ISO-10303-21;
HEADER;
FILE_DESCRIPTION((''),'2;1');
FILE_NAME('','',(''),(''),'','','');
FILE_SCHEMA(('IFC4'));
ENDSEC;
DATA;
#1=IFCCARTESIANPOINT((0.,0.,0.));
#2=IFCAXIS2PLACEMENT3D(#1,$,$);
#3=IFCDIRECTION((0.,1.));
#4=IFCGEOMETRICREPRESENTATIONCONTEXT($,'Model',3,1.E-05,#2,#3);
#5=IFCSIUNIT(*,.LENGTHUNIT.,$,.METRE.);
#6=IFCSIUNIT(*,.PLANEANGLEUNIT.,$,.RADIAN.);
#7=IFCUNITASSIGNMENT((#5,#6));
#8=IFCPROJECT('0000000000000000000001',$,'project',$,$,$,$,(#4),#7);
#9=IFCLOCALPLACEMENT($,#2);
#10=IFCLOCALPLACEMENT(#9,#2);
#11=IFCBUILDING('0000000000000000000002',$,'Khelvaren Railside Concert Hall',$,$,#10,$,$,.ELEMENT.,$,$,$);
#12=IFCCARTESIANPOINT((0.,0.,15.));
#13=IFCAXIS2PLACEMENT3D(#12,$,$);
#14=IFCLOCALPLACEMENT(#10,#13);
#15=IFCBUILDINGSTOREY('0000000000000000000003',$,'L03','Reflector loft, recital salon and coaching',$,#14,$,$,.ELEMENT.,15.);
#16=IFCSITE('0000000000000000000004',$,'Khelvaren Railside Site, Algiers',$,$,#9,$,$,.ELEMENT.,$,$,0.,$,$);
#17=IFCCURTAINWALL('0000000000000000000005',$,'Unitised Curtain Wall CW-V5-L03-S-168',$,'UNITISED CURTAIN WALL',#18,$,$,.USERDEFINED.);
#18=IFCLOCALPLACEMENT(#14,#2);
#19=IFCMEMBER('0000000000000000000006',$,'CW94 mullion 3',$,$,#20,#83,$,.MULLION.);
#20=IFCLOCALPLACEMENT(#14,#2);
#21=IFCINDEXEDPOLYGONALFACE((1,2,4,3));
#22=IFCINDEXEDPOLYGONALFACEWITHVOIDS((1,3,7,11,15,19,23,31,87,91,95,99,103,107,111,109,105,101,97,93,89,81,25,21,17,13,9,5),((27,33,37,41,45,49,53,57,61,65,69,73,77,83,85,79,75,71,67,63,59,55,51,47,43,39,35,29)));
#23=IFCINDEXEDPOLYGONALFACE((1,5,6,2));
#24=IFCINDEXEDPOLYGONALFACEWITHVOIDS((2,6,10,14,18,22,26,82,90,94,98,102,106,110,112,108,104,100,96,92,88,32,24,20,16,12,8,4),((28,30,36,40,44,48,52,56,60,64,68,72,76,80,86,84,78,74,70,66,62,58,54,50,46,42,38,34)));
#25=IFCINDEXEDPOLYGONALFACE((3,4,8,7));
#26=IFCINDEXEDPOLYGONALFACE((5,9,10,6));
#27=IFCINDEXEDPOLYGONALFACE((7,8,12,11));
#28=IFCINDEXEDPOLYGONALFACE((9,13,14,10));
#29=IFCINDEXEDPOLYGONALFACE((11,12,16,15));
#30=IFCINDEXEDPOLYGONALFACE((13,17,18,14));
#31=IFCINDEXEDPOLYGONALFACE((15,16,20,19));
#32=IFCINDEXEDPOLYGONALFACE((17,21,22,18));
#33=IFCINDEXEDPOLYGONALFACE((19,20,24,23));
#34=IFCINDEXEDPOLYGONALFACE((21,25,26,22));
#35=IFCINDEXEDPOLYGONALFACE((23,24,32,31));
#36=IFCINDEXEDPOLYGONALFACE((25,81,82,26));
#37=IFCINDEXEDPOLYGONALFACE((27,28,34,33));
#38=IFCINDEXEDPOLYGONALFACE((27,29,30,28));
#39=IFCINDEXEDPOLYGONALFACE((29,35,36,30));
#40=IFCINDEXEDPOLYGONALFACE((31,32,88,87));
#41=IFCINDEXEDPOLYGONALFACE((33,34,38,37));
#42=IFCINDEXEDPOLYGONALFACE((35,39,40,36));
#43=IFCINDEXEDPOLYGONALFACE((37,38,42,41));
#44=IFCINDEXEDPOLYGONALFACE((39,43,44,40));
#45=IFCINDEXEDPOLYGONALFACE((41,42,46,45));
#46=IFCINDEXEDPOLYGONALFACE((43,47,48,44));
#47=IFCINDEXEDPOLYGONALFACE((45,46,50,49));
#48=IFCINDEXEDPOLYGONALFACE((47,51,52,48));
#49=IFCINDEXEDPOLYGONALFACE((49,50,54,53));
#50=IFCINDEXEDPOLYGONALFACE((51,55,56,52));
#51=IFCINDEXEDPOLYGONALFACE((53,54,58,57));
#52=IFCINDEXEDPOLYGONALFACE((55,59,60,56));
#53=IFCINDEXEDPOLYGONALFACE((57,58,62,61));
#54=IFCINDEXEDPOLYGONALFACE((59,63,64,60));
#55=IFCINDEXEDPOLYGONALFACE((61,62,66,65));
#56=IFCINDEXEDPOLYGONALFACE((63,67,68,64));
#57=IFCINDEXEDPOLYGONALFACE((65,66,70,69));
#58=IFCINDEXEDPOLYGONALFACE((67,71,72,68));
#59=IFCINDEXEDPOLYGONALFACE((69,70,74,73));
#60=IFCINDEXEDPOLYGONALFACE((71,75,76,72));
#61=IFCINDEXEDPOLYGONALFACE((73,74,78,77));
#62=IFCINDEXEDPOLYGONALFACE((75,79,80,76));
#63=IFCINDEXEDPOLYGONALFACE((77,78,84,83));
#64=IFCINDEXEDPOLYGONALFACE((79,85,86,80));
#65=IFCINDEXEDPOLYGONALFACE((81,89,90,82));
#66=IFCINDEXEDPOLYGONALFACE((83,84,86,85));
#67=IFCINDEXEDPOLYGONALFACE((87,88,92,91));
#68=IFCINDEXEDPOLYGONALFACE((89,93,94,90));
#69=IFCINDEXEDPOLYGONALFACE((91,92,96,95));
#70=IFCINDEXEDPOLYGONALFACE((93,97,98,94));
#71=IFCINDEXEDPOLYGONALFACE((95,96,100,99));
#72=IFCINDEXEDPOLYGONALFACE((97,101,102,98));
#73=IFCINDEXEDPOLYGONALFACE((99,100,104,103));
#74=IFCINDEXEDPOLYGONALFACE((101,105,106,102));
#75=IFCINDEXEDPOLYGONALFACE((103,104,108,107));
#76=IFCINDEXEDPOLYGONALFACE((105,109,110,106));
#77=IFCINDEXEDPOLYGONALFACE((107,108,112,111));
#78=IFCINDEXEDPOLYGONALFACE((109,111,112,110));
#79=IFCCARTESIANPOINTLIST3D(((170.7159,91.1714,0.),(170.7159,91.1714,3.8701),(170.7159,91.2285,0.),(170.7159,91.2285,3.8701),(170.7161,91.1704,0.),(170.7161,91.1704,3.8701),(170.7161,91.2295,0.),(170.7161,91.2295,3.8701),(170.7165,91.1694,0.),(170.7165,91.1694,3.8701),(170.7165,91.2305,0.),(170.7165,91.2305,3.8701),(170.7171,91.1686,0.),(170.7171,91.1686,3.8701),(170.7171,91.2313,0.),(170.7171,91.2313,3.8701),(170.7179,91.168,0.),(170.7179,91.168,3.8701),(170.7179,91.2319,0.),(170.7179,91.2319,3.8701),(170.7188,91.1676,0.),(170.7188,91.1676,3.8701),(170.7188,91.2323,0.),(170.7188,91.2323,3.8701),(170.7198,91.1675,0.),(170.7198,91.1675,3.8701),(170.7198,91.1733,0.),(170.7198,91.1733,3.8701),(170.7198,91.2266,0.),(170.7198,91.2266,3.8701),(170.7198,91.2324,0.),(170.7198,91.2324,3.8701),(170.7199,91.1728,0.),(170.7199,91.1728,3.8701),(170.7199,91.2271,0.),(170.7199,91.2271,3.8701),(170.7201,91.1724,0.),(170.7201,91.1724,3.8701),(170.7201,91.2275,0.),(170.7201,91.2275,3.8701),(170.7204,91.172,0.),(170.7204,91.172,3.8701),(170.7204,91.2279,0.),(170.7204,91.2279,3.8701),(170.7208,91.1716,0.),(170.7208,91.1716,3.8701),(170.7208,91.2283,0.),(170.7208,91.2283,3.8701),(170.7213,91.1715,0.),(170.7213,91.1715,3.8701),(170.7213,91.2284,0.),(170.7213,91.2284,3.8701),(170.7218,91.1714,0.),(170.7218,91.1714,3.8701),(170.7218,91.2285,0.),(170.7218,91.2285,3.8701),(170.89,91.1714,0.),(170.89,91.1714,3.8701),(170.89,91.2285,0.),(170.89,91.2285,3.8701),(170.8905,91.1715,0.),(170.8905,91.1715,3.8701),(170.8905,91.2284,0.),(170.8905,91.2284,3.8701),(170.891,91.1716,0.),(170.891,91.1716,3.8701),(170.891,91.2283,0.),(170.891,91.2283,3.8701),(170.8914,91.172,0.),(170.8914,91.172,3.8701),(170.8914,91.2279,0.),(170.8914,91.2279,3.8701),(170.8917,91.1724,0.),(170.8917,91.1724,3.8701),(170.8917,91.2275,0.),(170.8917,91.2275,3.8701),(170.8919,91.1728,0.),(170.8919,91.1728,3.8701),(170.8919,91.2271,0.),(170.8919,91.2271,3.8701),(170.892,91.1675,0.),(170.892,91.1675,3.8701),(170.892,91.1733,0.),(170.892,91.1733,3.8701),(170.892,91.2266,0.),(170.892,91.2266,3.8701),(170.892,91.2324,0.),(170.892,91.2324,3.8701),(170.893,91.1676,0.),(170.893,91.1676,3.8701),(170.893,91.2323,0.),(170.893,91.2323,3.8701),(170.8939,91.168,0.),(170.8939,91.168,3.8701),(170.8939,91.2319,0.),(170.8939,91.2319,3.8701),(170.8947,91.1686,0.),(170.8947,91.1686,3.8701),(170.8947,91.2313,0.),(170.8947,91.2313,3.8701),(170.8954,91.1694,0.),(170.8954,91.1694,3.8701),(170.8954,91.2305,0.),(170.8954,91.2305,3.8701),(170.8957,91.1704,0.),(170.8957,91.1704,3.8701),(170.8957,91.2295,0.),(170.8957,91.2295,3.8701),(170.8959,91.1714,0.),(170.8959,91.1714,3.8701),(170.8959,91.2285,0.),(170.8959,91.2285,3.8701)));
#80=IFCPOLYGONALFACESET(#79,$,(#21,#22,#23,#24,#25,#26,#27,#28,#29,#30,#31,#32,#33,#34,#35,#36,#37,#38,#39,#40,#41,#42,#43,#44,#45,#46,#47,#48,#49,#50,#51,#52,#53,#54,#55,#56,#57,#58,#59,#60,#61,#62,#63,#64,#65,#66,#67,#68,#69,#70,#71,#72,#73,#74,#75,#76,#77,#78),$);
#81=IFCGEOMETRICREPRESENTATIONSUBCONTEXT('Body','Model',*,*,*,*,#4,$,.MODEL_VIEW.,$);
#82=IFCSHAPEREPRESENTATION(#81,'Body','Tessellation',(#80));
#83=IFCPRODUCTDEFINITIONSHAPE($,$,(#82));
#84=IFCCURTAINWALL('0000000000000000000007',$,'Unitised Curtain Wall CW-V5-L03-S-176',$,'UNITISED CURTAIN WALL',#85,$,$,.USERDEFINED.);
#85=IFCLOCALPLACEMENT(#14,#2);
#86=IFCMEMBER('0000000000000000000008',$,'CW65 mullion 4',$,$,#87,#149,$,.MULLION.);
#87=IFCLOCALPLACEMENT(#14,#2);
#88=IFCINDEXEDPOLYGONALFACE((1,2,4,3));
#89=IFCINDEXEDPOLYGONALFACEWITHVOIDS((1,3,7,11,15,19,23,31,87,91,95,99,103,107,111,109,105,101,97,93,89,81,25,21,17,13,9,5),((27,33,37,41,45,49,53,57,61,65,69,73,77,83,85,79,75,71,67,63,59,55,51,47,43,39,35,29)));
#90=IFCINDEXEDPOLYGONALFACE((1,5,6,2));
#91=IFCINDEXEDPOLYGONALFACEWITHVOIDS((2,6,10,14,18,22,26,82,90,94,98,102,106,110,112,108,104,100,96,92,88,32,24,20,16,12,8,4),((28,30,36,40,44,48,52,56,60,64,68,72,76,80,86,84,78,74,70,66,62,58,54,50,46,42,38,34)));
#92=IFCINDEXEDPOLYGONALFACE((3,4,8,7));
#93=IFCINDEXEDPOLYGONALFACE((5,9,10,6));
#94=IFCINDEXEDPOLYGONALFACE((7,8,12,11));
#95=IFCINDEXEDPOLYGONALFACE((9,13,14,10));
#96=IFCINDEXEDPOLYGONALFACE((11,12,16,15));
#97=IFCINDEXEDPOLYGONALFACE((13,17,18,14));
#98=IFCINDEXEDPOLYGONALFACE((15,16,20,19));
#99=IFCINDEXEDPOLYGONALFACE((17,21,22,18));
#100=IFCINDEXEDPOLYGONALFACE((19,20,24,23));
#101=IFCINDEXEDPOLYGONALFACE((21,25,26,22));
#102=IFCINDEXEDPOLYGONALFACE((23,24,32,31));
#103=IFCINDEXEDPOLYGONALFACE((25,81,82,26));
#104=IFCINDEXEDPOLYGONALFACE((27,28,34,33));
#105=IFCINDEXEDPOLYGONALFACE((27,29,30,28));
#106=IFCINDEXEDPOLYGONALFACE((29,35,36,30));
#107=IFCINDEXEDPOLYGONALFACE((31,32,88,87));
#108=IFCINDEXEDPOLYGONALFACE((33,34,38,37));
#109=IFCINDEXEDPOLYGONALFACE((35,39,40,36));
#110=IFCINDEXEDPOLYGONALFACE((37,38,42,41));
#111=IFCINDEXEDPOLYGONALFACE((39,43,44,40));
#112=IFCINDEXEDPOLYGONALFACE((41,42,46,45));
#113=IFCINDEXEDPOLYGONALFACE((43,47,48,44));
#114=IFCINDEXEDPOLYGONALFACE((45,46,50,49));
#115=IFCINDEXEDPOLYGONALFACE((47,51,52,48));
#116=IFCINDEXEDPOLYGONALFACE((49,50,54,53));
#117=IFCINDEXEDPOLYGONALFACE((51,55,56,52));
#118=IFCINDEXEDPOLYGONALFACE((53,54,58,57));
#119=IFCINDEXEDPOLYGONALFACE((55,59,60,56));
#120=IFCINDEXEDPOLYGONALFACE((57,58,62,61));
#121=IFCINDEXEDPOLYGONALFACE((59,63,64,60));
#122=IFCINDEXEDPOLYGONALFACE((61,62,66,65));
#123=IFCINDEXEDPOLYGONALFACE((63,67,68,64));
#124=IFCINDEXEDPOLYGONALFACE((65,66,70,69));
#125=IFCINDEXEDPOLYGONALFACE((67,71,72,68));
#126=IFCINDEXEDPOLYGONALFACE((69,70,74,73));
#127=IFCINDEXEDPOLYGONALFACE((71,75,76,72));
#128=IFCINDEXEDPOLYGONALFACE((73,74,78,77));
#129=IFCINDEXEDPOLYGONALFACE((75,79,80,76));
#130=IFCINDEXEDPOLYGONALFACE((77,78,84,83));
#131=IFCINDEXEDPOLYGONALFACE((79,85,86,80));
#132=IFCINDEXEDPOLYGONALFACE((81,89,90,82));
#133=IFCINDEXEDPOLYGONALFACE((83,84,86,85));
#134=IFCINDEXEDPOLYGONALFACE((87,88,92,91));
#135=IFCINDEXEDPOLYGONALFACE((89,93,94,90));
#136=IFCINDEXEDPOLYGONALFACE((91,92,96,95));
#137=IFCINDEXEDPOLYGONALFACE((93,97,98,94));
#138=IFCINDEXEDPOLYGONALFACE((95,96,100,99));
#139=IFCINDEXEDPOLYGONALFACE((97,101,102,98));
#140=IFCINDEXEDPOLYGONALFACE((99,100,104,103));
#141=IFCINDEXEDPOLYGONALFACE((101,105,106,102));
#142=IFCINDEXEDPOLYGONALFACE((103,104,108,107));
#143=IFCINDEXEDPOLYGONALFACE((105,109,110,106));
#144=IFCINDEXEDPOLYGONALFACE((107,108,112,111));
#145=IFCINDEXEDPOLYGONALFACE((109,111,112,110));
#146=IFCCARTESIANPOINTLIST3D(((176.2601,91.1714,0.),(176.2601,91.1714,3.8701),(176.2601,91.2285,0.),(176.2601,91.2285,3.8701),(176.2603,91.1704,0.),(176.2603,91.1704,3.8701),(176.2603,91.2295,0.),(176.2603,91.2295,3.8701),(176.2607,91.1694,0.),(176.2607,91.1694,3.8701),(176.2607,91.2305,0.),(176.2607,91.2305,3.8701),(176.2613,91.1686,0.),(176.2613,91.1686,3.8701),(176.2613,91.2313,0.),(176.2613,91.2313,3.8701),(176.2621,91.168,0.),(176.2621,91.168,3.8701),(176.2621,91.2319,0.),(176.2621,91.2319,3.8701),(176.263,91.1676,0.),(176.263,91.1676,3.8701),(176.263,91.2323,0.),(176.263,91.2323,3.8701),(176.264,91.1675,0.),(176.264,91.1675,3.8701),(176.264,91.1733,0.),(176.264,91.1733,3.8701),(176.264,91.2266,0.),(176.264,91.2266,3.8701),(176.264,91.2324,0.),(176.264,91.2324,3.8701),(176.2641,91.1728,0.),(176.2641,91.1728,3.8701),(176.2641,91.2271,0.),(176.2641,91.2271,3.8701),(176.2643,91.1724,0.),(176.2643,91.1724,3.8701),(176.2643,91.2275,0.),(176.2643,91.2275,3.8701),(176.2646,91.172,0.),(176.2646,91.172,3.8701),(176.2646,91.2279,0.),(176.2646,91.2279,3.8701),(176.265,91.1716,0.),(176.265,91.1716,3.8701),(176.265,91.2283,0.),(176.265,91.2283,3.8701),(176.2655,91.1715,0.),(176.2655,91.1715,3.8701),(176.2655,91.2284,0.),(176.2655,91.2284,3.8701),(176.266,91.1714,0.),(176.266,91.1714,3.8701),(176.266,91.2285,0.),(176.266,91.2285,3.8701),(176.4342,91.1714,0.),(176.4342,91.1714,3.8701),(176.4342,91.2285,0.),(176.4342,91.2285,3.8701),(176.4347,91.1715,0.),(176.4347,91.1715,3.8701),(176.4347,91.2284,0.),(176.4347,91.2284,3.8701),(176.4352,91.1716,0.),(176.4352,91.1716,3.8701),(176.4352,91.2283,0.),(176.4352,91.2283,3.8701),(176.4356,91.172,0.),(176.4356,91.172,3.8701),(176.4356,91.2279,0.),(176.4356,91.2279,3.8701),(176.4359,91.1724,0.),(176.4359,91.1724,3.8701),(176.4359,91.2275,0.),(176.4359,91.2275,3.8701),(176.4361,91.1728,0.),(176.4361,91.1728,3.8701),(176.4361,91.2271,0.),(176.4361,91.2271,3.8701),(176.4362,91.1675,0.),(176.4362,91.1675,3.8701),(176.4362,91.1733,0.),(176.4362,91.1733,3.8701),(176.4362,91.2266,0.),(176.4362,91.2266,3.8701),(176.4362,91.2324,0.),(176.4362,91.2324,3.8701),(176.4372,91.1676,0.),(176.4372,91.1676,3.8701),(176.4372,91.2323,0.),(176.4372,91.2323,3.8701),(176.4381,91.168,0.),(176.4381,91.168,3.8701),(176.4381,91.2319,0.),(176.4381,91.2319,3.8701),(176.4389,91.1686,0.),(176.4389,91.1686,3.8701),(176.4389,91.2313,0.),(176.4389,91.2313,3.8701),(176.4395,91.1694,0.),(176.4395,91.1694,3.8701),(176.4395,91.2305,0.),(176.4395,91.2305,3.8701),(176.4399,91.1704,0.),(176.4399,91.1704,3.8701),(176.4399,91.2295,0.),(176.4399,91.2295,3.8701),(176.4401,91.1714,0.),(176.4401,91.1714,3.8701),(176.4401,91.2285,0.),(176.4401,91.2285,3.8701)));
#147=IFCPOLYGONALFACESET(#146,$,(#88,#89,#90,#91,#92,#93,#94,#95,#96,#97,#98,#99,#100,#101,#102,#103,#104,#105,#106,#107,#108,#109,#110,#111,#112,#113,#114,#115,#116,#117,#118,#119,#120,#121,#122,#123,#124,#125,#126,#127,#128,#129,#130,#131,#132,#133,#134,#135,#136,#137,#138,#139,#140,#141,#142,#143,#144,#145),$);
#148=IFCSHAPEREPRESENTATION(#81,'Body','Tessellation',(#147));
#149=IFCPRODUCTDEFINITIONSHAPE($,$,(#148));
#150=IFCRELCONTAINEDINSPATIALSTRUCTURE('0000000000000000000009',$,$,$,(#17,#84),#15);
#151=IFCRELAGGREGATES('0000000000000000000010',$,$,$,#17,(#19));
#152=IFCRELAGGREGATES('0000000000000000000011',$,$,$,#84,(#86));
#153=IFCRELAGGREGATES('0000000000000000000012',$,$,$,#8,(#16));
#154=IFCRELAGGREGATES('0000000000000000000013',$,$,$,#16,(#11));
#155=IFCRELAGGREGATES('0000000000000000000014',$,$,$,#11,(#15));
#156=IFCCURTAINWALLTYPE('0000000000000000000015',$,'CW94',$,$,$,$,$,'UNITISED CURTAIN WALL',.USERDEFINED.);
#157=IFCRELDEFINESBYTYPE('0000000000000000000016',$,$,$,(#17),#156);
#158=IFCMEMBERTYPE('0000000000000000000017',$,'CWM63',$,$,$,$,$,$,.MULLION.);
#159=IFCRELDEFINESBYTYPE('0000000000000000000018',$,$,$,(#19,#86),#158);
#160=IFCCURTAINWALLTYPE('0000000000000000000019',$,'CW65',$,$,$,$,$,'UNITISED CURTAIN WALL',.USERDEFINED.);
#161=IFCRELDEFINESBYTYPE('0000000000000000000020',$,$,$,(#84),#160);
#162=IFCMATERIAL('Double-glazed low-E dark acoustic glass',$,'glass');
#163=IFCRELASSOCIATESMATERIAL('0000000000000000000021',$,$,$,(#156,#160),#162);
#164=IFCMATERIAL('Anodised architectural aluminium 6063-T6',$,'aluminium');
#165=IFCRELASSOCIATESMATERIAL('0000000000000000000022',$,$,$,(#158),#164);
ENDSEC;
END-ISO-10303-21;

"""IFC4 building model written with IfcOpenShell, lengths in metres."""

from ifc_helpers import new_model, si_unit, direction, frame, origin, origin_2d, place, context, subcontext, project, spatial, hollow_rectangle, extrude, material, material_profile, profile_set, type_object, element, aggregate, save


model = new_model("IFC4")

# Units and contexts
model_context = context("Model", 3, precision=1e-05, world=origin(), true_north=direction((0.0, 1.0)))
body_context = subcontext(model_context, "Body", "Model", "MODEL_VIEW")
ifc_project = project(units=[si_unit("LENGTHUNIT", "METRE"), si_unit("PLANEANGLEUNIT", "RADIAN")], contexts=[model_context])

# Site, building, storey
site_placement = place(None, origin())
site = spatial("IfcSite", under=ifc_project, at=site_placement, Name="Khelvaren Railside Site, Algiers", CompositionType="ELEMENT", RefElevation=0.0)
building_placement = place(site_placement, origin())
building = spatial("IfcBuilding", under=site, at=building_placement, Name="Khelvaren Railside Concert Hall", CompositionType="ELEMENT")
storey_placement = place(building_placement, frame((0.0, 0.0, 15.0)))
storey = spatial("IfcBuildingStorey", under=building, at=storey_placement, Name="L03", Description="Reflector loft, recital salon and coaching", CompositionType="ELEMENT", Elevation=15.0)

# Curtain wall, member
ifc_material_1 = material(Name="Double-glazed low-E dark acoustic glass", Category="glass")
curtain_wall_type_1 = type_object("IfcCurtainWallType", Name="CW94", ElementType="UNITISED CURTAIN WALL", PredefinedType="USERDEFINED", material=ifc_material_1)
curtain_wall_1_placement = place(storey_placement, origin())
curtain_wall_1 = element("IfcCurtainWall", 1, at=curtain_wall_1_placement, inside=storey, type_object=curtain_wall_type_1, Name="Unitised Curtain Wall CW-V5-L03-S-168", ObjectType="UNITISED CURTAIN WALL", PredefinedType="USERDEFINED")
ifc_material_2 = material(Name="Anodised architectural aluminium 6063-T6", Category="aluminium")
ifc_material_profile_1 = material_profile(ifc_material_2, hollow_rectangle(XDim=0.0649, YDim=0.1799, WallThickness=0.0039, InnerFilletRadius=0.002, OuterFilletRadius=0.0039, at=origin_2d()), Name="CWM 65x180x4")
ifc_profile_set_1 = profile_set([ifc_material_profile_1], Name="Anodised architectural aluminium 6063-T6")
member_type_1 = type_object("IfcMemberType", Name="CWM63", PredefinedType="MULLION", material=ifc_profile_set_1)
member_1_placement = place(storey_placement, frame((170.8059, 91.2, 0.0), z_axis=(0.0, 0.0, 1.0), x_axis=(0.0, -1.0, 0.0)))
member_1 = element("IfcMember", 2, at=member_1_placement, type_object=member_type_1, Name="CW94 mullion 3", PredefinedType="MULLION", context=body_context, shape_type="SweptSolid", body=[
    extrude(hollow_rectangle(XDim=0.0649, YDim=0.1799, WallThickness=0.0039, InnerFilletRadius=0.002, OuterFilletRadius=0.0039, at=origin_2d()), origin(), (0.0, 0.0, 1.0), 3.8701),
])

# Curtain wall, member
curtain_wall_type_2 = type_object("IfcCurtainWallType", Name="CW65", ElementType="UNITISED CURTAIN WALL", PredefinedType="USERDEFINED", material=ifc_material_1)
curtain_wall_2_placement = place(storey_placement, origin())
curtain_wall_2 = element("IfcCurtainWall", 3, at=curtain_wall_2_placement, inside=storey, type_object=curtain_wall_type_2, Name="Unitised Curtain Wall CW-V5-L03-S-176", ObjectType="UNITISED CURTAIN WALL", PredefinedType="USERDEFINED")
member_2_placement = place(storey_placement, frame((176.3501, 91.2, 0.0), z_axis=(0.0, 0.0, 1.0), x_axis=(0.0, -1.0, 0.0)))
member_2 = element("IfcMember", 4, at=member_2_placement, type_object=member_type_1, Name="CW65 mullion 4", PredefinedType="MULLION", context=body_context, shape_type="SweptSolid", body=[
    extrude(hollow_rectangle(XDim=0.0649, YDim=0.1799, WallThickness=0.0039, InnerFilletRadius=0.002, OuterFilletRadius=0.0039, at=origin_2d()), origin(), (0.0, 0.0, 1.0), 3.8701),
])

aggregate(curtain_wall_1, [member_1])
aggregate(curtain_wall_2, [member_2])

save(model, "model.ifc")
